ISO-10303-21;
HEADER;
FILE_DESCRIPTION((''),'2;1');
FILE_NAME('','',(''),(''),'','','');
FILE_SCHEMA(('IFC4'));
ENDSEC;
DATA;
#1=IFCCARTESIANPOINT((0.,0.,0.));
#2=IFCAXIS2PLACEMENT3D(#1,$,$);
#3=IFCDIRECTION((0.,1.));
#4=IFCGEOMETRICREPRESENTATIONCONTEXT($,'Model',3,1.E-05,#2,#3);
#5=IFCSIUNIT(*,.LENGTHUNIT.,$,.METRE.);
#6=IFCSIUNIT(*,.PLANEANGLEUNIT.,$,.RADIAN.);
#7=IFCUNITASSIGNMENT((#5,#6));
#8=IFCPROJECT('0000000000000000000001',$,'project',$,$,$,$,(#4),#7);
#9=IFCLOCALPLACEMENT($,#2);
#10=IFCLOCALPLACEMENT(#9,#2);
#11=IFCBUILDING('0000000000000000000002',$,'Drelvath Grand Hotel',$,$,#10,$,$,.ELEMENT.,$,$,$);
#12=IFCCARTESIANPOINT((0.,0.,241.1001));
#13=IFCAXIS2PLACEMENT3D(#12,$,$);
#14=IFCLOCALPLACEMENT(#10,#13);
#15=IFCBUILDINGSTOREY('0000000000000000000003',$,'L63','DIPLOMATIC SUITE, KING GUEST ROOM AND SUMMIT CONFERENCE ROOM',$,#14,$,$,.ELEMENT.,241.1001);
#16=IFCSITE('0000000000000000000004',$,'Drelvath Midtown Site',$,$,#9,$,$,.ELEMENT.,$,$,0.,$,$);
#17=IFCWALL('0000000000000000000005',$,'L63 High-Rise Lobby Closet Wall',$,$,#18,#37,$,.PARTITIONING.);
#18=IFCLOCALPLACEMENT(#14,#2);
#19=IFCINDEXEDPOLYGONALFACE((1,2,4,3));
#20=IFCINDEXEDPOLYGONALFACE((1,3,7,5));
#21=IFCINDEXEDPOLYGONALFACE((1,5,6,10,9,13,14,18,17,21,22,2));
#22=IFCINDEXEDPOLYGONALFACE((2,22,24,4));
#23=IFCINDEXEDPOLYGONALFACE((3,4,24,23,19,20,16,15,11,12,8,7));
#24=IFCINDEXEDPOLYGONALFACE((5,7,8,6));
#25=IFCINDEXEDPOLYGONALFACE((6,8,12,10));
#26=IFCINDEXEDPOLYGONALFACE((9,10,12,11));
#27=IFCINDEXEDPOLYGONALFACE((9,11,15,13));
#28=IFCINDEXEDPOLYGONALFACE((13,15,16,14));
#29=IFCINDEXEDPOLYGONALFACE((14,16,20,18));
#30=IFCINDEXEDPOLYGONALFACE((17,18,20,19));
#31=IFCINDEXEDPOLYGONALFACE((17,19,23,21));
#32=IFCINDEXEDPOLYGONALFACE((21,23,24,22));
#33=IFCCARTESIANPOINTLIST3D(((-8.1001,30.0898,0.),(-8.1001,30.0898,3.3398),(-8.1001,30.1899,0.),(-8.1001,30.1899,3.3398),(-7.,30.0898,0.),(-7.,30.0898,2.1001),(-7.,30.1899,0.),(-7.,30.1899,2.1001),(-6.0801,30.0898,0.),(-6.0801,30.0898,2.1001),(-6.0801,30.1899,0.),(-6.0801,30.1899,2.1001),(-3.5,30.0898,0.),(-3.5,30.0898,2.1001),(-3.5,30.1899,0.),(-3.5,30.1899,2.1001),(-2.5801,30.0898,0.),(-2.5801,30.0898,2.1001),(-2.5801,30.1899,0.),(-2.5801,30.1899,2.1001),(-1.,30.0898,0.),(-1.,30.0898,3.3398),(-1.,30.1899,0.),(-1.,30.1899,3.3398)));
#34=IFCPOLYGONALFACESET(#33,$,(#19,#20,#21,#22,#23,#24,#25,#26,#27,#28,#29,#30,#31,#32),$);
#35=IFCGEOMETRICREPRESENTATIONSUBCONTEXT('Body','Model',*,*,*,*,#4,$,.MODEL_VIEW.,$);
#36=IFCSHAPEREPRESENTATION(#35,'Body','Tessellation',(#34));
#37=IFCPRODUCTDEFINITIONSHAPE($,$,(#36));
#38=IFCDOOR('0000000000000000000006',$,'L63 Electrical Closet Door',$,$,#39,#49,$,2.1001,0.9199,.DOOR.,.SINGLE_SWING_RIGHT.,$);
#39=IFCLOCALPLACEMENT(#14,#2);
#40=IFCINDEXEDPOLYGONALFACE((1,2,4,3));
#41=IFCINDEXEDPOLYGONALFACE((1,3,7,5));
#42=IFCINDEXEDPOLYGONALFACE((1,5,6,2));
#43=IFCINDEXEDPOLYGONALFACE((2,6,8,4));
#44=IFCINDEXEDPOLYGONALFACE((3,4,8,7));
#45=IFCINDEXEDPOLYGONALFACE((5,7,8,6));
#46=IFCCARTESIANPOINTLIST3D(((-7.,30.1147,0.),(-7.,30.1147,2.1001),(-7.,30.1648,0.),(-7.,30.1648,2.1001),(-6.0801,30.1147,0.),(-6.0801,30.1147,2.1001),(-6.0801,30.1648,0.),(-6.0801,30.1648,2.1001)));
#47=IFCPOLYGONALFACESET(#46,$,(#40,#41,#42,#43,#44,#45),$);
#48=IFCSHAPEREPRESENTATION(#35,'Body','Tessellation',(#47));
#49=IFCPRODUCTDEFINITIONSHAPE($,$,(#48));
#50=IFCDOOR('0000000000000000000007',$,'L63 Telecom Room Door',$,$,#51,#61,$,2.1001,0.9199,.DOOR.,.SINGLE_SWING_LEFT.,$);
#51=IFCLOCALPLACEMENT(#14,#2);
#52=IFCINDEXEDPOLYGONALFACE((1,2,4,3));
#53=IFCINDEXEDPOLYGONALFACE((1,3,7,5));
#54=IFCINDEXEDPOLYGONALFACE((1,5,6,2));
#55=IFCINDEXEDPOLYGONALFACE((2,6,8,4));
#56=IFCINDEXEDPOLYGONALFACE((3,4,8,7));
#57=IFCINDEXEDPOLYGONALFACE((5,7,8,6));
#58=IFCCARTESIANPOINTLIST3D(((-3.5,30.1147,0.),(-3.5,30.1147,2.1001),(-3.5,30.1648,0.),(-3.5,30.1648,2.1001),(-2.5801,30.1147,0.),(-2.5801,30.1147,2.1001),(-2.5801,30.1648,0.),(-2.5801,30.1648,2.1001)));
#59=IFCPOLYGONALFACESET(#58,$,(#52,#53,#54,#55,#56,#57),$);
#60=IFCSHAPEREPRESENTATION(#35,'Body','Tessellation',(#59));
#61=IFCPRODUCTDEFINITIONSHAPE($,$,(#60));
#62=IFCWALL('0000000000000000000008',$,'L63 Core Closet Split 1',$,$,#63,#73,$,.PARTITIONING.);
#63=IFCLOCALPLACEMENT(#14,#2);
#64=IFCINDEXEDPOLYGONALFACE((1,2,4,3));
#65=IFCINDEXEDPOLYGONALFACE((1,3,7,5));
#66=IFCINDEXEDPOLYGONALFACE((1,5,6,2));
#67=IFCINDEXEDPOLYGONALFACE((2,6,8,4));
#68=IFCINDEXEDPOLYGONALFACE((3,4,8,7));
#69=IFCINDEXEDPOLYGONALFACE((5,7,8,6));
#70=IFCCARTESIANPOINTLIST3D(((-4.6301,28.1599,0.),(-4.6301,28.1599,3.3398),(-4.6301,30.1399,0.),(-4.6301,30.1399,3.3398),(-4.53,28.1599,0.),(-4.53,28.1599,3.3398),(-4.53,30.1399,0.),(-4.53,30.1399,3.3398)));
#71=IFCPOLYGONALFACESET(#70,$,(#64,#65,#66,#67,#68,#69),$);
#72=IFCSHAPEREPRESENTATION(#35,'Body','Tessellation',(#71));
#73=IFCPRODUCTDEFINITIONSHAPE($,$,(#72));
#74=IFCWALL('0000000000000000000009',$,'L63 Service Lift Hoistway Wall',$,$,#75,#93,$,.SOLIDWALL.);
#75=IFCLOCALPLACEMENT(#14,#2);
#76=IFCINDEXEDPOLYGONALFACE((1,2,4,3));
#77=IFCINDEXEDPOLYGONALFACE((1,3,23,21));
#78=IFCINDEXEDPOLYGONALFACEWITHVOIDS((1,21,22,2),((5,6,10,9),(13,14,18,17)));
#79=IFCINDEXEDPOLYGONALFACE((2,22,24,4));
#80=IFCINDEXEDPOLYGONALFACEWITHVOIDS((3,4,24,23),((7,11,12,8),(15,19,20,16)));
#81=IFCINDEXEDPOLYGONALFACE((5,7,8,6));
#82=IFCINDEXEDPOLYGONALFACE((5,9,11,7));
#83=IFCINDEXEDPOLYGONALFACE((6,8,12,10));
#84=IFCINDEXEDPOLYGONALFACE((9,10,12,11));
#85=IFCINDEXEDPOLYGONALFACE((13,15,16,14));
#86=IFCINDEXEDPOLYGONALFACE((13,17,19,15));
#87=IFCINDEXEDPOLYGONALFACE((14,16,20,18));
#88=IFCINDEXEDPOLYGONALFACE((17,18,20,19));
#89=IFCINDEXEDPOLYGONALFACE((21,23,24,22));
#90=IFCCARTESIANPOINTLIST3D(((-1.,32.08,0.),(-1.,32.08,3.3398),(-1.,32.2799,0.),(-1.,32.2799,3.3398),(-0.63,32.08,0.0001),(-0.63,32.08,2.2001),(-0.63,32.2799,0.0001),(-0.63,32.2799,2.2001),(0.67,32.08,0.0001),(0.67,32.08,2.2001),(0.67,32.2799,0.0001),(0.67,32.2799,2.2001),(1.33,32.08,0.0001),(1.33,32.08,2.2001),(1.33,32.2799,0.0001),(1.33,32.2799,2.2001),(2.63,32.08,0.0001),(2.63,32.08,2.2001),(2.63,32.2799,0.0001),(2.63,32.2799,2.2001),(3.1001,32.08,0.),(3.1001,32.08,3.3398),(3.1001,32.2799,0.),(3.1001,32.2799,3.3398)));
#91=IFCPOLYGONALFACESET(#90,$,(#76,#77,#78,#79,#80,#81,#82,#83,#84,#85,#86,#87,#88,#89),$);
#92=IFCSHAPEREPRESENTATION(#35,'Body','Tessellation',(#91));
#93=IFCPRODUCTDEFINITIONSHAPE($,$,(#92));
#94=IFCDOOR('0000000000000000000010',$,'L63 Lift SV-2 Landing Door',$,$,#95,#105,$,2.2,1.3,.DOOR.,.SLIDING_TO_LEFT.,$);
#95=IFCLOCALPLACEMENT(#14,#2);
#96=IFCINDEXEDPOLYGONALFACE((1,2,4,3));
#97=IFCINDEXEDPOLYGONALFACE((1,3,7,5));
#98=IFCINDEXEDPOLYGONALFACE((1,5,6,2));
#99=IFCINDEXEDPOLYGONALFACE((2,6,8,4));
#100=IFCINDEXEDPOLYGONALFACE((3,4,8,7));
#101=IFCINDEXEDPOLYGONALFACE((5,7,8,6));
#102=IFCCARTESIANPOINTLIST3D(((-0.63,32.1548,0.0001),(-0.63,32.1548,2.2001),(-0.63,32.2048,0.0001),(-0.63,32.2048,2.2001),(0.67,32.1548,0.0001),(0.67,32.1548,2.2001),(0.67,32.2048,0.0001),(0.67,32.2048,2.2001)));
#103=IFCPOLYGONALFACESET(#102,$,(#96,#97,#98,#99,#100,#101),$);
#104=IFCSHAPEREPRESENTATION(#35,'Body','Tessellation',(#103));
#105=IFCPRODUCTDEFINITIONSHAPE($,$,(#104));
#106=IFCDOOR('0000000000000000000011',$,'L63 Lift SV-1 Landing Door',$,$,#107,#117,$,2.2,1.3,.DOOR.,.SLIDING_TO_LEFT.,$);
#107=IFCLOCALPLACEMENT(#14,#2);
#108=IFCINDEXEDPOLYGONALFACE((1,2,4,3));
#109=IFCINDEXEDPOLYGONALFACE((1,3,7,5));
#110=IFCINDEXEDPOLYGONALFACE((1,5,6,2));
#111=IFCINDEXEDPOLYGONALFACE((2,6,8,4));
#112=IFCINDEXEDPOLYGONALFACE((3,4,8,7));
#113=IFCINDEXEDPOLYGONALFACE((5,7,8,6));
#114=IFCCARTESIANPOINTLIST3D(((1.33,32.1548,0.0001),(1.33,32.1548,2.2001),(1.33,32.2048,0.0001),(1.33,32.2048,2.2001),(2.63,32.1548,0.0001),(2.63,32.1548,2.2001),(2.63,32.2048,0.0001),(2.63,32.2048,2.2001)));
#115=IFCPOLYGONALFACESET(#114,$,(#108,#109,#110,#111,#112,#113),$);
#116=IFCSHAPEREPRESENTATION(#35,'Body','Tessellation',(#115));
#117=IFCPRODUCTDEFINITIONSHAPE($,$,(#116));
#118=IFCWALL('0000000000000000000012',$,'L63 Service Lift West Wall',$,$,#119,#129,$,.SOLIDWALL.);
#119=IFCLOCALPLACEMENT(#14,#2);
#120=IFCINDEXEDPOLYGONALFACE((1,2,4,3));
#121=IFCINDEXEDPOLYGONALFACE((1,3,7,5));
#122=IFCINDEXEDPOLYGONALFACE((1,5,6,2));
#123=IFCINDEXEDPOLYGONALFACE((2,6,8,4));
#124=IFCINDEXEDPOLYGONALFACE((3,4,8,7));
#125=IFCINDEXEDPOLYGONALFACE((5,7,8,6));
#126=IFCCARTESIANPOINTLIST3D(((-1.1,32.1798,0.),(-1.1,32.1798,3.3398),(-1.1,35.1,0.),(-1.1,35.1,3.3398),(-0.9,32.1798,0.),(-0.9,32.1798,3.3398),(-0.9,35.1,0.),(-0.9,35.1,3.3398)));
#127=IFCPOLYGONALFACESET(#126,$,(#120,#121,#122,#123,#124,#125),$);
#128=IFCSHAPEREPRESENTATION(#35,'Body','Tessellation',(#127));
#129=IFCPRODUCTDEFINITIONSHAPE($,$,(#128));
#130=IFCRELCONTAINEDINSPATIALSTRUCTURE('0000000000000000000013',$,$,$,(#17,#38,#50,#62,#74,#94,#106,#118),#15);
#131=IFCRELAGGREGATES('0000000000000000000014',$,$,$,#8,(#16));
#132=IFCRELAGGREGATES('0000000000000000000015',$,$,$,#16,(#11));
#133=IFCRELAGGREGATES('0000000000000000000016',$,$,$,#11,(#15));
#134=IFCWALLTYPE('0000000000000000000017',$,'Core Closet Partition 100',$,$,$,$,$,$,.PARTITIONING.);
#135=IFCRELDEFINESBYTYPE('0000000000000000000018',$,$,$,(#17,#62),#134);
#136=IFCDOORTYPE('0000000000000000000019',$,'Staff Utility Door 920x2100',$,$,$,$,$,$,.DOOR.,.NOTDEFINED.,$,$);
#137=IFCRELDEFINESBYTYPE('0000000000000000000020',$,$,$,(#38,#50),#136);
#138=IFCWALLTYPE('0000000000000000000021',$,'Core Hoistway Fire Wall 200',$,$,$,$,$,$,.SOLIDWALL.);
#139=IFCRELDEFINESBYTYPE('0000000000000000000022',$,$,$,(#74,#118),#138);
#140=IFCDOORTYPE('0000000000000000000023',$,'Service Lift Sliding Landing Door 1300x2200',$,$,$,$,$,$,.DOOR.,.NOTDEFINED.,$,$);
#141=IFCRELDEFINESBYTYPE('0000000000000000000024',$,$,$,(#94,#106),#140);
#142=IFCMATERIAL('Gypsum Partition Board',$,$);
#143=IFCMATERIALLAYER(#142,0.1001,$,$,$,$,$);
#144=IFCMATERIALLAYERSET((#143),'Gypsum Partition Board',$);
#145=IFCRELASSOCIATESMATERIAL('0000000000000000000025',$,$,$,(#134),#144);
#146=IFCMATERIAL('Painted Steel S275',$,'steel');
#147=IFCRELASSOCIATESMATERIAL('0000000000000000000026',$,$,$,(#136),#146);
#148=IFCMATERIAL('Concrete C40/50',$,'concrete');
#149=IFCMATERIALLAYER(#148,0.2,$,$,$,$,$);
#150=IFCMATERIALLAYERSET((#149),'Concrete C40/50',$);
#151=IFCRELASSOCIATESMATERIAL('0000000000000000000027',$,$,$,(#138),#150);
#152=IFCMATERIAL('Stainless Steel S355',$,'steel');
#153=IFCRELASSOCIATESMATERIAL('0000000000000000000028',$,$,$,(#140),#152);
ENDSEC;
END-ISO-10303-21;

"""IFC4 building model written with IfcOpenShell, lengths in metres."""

from ifc_helpers import new_model, si_unit, direction, frame, frame_2d, origin, place, context, subcontext, project, spatial, rectangle, extrude, material, layer, layer_set, type_object, element, fill, save


model = new_model("IFC4")

# Units and contexts
model_context = context("Model", 3, precision=1e-05, world=origin(), true_north=direction((0.0, 1.0)))
body_context = subcontext(model_context, "Body", "Model", "MODEL_VIEW")
ifc_project = project(units=[si_unit("LENGTHUNIT", "METRE"), si_unit("PLANEANGLEUNIT", "RADIAN")], contexts=[model_context])

# Site, building, storey
site_placement = place(None, origin())
site = spatial("IfcSite", under=ifc_project, at=site_placement, Name="Drelvath Midtown Site", CompositionType="ELEMENT", RefElevation=0.0)
building_placement = place(site_placement, origin())
building = spatial("IfcBuilding", under=site, at=building_placement, Name="Drelvath Grand Hotel", CompositionType="ELEMENT")
storey_placement = place(building_placement, frame((0.0, 0.0, 241.1001)))
storey = spatial("IfcBuildingStorey", under=building, at=storey_placement, Name="L63", Description="DIPLOMATIC SUITE, KING GUEST ROOM AND SUMMIT CONFERENCE ROOM", CompositionType="ELEMENT", Elevation=241.1001)

# Wall, openings, doors
ifc_material_1 = material(Name="Gypsum Partition Board")
ifc_layer_1 = layer(ifc_material_1, 0.1001)
ifc_layer_set_1 = layer_set([ifc_layer_1], Name="Gypsum Partition Board")
wall_type_1 = type_object("IfcWallType", Name="Core Closet Partition 100", PredefinedType="PARTITIONING", material=ifc_layer_set_1)
wall_1_placement = place(storey_placement, frame((-8.1001, 30.1399, 0.0), z_axis=(0.0, 0.0, 1.0), x_axis=(1.0, 0.0, 0.0)))
wall_1 = element("IfcWall", 1, at=wall_1_placement, inside=storey, type_object=wall_type_1, Name="L63 High-Rise Lobby Closet Wall", PredefinedType="PARTITIONING", context=body_context, shape_type="SweptSolid", body=[
    extrude(rectangle(XDim=7.1001, YDim=0.1001, at=frame_2d((3.55, 0.0))), origin(), (0.0, 0.0, 1.0), 3.3398),
])
opening_1_placement = place(wall_1_placement, frame((1.1001, 0.0, 0.0)))
opening_1 = element("IfcOpeningElement", 2, at=opening_1_placement, cuts=wall_1, PredefinedType="OPENING", context=body_context, shape_type="SweptSolid", body=[
    extrude(rectangle(XDim=0.9199, YDim=2.1001, at=frame_2d((0.46, 1.05))), frame((0.0, 0.0601, 0.0), z_axis=(0.0, -1.0, 0.0), x_axis=(1.0, 0.0, 0.0)), (0.0, 0.0, 1.0), 0.1201),
])
opening_2_placement = place(wall_1_placement, frame((4.6001, 0.0, 0.0)))
opening_2 = element("IfcOpeningElement", 3, at=opening_2_placement, cuts=wall_1, PredefinedType="OPENING", context=body_context, shape_type="SweptSolid", body=[
    extrude(rectangle(XDim=0.9199, YDim=2.1001, at=frame_2d((0.46, 1.05))), frame((0.0, 0.0601, 0.0), z_axis=(0.0, -1.0, 0.0), x_axis=(1.0, 0.0, 0.0)), (0.0, 0.0, 1.0), 0.1201),
])
ifc_material_2 = material(Name="Painted Steel S275", Category="steel")
door_type_1 = type_object("IfcDoorType", Name="Staff Utility Door 920x2100", OperationType="NOTDEFINED", PredefinedType="DOOR", material=ifc_material_2)
door_1_placement = place(opening_1_placement, origin())
door_1 = element("IfcDoor", 4, at=door_1_placement, inside=storey, type_object=door_type_1, Name="L63 Electrical Closet Door", OperationType="SINGLE_SWING_RIGHT", OverallHeight=2.1001, OverallWidth=0.9199, PredefinedType="DOOR", context=body_context, shape_type="SweptSolid", body=[
    extrude(rectangle(XDim=0.9199, YDim=2.1001, at=frame_2d((0.46, 1.05))), frame((0.0, 0.0249, 0.0), z_axis=(0.0, -1.0, 0.0), x_axis=(1.0, 0.0, 0.0)), (0.0, 0.0, 1.0), 0.05),
])
fill(opening_1, door_1)
door_2_placement = place(opening_2_placement, origin())
door_2 = element("IfcDoor", 5, at=door_2_placement, inside=storey, type_object=door_type_1, Name="L63 Telecom Room Door", OperationType="SINGLE_SWING_LEFT", OverallHeight=2.1001, OverallWidth=0.9199, PredefinedType="DOOR", context=body_context, shape_type="SweptSolid", body=[
    extrude(rectangle(XDim=0.9199, YDim=2.1001, at=frame_2d((0.46, 1.05))), frame((0.0, 0.0249, 0.0), z_axis=(0.0, -1.0, 0.0), x_axis=(1.0, 0.0, 0.0)), (0.0, 0.0, 1.0), 0.05),
])
fill(opening_2, door_2)

# Wall
wall_2_placement = place(storey_placement, frame((-4.5801, 28.1599, 0.0), z_axis=(0.0, 0.0, 1.0), x_axis=(0.0, 1.0, 0.0)))
element("IfcWall", 6, at=wall_2_placement, inside=storey, type_object=wall_type_1, Name="L63 Core Closet Split 1", PredefinedType="PARTITIONING", context=body_context, shape_type="SweptSolid", body=[
    extrude(rectangle(XDim=1.98, YDim=0.1001, at=frame_2d((0.99, 0.0))), origin(), (0.0, 0.0, 1.0), 3.3398),
])

# Wall, openings, doors
ifc_material_3 = material(Name="Concrete C40/50", Category="concrete")
ifc_layer_2 = layer(ifc_material_3, 0.2)
ifc_layer_set_2 = layer_set([ifc_layer_2], Name="Concrete C40/50")
wall_type_2 = type_object("IfcWallType", Name="Core Hoistway Fire Wall 200", PredefinedType="SOLIDWALL", material=ifc_layer_set_2)
wall_3_placement = place(storey_placement, frame((-1.0, 32.1799, 0.0), z_axis=(0.0, 0.0, 1.0), x_axis=(1.0, 0.0, 0.0)))
wall_3 = element("IfcWall", 7, at=wall_3_placement, inside=storey, type_object=wall_type_2, Name="L63 Service Lift Hoistway Wall", PredefinedType="SOLIDWALL", context=body_context, shape_type="SweptSolid", body=[
    extrude(rectangle(XDim=4.1001, YDim=0.2, at=frame_2d((2.05, 0.0))), origin(), (0.0, 0.0, 1.0), 3.3398),
])
opening_3_placement = place(wall_3_placement, frame((0.3701, 0.0, 0.0)))
opening_3 = element("IfcOpeningElement", 8, at=opening_3_placement, cuts=wall_3, PredefinedType="OPENING", context=body_context, shape_type="SweptSolid", body=[
    extrude(rectangle(XDim=1.3, YDim=2.2, at=frame_2d((0.6499, 1.1001))), frame((0.0, 0.1099, 0.0), z_axis=(0.0, -1.0, 0.0), x_axis=(1.0, 0.0, 0.0)), (0.0, 0.0, 1.0), 0.22),
])
opening_4_placement = place(wall_3_placement, frame((2.3301, 0.0, 0.0)))
opening_4 = element("IfcOpeningElement", 9, at=opening_4_placement, cuts=wall_3, PredefinedType="OPENING", context=body_context, shape_type="SweptSolid", body=[
    extrude(rectangle(XDim=1.3, YDim=2.2, at=frame_2d((0.6499, 1.1001))), frame((0.0, 0.1099, 0.0), z_axis=(0.0, -1.0, 0.0), x_axis=(1.0, 0.0, 0.0)), (0.0, 0.0, 1.0), 0.22),
])
ifc_material_4 = material(Name="Stainless Steel S355", Category="steel")
door_type_2 = type_object("IfcDoorType", Name="Service Lift Sliding Landing Door 1300x2200", OperationType="NOTDEFINED", PredefinedType="DOOR", material=ifc_material_4)
door_3_placement = place(opening_3_placement, origin())
door_3 = element("IfcDoor", 10, at=door_3_placement, inside=storey, type_object=door_type_2, Name="L63 Lift SV-2 Landing Door", OperationType="SLIDING_TO_LEFT", OverallHeight=2.2, OverallWidth=1.3, PredefinedType="DOOR", context=body_context, shape_type="SweptSolid", body=[
    extrude(rectangle(XDim=1.3, YDim=2.2, at=frame_2d((0.6499, 1.1001))), frame((0.0, 0.0249, 0.0), z_axis=(0.0, -1.0, 0.0), x_axis=(1.0, 0.0, 0.0)), (0.0, 0.0, 1.0), 0.05),
])
fill(opening_3, door_3)
door_4_placement = place(opening_4_placement, origin())
door_4 = element("IfcDoor", 11, at=door_4_placement, inside=storey, type_object=door_type_2, Name="L63 Lift SV-1 Landing Door", OperationType="SLIDING_TO_LEFT", OverallHeight=2.2, OverallWidth=1.3, PredefinedType="DOOR", context=body_context, shape_type="SweptSolid", body=[
    extrude(rectangle(XDim=1.3, YDim=2.2, at=frame_2d((0.6499, 1.1001))), frame((0.0, 0.0249, 0.0), z_axis=(0.0, -1.0, 0.0), x_axis=(1.0, 0.0, 0.0)), (0.0, 0.0, 1.0), 0.05),
])
fill(opening_4, door_4)

# Wall
wall_4_placement = place(storey_placement, frame((-1.0, 32.1799, 0.0), z_axis=(0.0, 0.0, 1.0), x_axis=(0.0, 1.0, 0.0)))
element("IfcWall", 12, at=wall_4_placement, inside=storey, type_object=wall_type_2, Name="L63 Service Lift West Wall", PredefinedType="SOLIDWALL", context=body_context, shape_type="SweptSolid", body=[
    extrude(rectangle(XDim=2.9202, YDim=0.2, at=frame_2d((1.46, 0.0))), origin(), (0.0, 0.0, 1.0), 3.3398),
])

save(model, "model.ifc")
